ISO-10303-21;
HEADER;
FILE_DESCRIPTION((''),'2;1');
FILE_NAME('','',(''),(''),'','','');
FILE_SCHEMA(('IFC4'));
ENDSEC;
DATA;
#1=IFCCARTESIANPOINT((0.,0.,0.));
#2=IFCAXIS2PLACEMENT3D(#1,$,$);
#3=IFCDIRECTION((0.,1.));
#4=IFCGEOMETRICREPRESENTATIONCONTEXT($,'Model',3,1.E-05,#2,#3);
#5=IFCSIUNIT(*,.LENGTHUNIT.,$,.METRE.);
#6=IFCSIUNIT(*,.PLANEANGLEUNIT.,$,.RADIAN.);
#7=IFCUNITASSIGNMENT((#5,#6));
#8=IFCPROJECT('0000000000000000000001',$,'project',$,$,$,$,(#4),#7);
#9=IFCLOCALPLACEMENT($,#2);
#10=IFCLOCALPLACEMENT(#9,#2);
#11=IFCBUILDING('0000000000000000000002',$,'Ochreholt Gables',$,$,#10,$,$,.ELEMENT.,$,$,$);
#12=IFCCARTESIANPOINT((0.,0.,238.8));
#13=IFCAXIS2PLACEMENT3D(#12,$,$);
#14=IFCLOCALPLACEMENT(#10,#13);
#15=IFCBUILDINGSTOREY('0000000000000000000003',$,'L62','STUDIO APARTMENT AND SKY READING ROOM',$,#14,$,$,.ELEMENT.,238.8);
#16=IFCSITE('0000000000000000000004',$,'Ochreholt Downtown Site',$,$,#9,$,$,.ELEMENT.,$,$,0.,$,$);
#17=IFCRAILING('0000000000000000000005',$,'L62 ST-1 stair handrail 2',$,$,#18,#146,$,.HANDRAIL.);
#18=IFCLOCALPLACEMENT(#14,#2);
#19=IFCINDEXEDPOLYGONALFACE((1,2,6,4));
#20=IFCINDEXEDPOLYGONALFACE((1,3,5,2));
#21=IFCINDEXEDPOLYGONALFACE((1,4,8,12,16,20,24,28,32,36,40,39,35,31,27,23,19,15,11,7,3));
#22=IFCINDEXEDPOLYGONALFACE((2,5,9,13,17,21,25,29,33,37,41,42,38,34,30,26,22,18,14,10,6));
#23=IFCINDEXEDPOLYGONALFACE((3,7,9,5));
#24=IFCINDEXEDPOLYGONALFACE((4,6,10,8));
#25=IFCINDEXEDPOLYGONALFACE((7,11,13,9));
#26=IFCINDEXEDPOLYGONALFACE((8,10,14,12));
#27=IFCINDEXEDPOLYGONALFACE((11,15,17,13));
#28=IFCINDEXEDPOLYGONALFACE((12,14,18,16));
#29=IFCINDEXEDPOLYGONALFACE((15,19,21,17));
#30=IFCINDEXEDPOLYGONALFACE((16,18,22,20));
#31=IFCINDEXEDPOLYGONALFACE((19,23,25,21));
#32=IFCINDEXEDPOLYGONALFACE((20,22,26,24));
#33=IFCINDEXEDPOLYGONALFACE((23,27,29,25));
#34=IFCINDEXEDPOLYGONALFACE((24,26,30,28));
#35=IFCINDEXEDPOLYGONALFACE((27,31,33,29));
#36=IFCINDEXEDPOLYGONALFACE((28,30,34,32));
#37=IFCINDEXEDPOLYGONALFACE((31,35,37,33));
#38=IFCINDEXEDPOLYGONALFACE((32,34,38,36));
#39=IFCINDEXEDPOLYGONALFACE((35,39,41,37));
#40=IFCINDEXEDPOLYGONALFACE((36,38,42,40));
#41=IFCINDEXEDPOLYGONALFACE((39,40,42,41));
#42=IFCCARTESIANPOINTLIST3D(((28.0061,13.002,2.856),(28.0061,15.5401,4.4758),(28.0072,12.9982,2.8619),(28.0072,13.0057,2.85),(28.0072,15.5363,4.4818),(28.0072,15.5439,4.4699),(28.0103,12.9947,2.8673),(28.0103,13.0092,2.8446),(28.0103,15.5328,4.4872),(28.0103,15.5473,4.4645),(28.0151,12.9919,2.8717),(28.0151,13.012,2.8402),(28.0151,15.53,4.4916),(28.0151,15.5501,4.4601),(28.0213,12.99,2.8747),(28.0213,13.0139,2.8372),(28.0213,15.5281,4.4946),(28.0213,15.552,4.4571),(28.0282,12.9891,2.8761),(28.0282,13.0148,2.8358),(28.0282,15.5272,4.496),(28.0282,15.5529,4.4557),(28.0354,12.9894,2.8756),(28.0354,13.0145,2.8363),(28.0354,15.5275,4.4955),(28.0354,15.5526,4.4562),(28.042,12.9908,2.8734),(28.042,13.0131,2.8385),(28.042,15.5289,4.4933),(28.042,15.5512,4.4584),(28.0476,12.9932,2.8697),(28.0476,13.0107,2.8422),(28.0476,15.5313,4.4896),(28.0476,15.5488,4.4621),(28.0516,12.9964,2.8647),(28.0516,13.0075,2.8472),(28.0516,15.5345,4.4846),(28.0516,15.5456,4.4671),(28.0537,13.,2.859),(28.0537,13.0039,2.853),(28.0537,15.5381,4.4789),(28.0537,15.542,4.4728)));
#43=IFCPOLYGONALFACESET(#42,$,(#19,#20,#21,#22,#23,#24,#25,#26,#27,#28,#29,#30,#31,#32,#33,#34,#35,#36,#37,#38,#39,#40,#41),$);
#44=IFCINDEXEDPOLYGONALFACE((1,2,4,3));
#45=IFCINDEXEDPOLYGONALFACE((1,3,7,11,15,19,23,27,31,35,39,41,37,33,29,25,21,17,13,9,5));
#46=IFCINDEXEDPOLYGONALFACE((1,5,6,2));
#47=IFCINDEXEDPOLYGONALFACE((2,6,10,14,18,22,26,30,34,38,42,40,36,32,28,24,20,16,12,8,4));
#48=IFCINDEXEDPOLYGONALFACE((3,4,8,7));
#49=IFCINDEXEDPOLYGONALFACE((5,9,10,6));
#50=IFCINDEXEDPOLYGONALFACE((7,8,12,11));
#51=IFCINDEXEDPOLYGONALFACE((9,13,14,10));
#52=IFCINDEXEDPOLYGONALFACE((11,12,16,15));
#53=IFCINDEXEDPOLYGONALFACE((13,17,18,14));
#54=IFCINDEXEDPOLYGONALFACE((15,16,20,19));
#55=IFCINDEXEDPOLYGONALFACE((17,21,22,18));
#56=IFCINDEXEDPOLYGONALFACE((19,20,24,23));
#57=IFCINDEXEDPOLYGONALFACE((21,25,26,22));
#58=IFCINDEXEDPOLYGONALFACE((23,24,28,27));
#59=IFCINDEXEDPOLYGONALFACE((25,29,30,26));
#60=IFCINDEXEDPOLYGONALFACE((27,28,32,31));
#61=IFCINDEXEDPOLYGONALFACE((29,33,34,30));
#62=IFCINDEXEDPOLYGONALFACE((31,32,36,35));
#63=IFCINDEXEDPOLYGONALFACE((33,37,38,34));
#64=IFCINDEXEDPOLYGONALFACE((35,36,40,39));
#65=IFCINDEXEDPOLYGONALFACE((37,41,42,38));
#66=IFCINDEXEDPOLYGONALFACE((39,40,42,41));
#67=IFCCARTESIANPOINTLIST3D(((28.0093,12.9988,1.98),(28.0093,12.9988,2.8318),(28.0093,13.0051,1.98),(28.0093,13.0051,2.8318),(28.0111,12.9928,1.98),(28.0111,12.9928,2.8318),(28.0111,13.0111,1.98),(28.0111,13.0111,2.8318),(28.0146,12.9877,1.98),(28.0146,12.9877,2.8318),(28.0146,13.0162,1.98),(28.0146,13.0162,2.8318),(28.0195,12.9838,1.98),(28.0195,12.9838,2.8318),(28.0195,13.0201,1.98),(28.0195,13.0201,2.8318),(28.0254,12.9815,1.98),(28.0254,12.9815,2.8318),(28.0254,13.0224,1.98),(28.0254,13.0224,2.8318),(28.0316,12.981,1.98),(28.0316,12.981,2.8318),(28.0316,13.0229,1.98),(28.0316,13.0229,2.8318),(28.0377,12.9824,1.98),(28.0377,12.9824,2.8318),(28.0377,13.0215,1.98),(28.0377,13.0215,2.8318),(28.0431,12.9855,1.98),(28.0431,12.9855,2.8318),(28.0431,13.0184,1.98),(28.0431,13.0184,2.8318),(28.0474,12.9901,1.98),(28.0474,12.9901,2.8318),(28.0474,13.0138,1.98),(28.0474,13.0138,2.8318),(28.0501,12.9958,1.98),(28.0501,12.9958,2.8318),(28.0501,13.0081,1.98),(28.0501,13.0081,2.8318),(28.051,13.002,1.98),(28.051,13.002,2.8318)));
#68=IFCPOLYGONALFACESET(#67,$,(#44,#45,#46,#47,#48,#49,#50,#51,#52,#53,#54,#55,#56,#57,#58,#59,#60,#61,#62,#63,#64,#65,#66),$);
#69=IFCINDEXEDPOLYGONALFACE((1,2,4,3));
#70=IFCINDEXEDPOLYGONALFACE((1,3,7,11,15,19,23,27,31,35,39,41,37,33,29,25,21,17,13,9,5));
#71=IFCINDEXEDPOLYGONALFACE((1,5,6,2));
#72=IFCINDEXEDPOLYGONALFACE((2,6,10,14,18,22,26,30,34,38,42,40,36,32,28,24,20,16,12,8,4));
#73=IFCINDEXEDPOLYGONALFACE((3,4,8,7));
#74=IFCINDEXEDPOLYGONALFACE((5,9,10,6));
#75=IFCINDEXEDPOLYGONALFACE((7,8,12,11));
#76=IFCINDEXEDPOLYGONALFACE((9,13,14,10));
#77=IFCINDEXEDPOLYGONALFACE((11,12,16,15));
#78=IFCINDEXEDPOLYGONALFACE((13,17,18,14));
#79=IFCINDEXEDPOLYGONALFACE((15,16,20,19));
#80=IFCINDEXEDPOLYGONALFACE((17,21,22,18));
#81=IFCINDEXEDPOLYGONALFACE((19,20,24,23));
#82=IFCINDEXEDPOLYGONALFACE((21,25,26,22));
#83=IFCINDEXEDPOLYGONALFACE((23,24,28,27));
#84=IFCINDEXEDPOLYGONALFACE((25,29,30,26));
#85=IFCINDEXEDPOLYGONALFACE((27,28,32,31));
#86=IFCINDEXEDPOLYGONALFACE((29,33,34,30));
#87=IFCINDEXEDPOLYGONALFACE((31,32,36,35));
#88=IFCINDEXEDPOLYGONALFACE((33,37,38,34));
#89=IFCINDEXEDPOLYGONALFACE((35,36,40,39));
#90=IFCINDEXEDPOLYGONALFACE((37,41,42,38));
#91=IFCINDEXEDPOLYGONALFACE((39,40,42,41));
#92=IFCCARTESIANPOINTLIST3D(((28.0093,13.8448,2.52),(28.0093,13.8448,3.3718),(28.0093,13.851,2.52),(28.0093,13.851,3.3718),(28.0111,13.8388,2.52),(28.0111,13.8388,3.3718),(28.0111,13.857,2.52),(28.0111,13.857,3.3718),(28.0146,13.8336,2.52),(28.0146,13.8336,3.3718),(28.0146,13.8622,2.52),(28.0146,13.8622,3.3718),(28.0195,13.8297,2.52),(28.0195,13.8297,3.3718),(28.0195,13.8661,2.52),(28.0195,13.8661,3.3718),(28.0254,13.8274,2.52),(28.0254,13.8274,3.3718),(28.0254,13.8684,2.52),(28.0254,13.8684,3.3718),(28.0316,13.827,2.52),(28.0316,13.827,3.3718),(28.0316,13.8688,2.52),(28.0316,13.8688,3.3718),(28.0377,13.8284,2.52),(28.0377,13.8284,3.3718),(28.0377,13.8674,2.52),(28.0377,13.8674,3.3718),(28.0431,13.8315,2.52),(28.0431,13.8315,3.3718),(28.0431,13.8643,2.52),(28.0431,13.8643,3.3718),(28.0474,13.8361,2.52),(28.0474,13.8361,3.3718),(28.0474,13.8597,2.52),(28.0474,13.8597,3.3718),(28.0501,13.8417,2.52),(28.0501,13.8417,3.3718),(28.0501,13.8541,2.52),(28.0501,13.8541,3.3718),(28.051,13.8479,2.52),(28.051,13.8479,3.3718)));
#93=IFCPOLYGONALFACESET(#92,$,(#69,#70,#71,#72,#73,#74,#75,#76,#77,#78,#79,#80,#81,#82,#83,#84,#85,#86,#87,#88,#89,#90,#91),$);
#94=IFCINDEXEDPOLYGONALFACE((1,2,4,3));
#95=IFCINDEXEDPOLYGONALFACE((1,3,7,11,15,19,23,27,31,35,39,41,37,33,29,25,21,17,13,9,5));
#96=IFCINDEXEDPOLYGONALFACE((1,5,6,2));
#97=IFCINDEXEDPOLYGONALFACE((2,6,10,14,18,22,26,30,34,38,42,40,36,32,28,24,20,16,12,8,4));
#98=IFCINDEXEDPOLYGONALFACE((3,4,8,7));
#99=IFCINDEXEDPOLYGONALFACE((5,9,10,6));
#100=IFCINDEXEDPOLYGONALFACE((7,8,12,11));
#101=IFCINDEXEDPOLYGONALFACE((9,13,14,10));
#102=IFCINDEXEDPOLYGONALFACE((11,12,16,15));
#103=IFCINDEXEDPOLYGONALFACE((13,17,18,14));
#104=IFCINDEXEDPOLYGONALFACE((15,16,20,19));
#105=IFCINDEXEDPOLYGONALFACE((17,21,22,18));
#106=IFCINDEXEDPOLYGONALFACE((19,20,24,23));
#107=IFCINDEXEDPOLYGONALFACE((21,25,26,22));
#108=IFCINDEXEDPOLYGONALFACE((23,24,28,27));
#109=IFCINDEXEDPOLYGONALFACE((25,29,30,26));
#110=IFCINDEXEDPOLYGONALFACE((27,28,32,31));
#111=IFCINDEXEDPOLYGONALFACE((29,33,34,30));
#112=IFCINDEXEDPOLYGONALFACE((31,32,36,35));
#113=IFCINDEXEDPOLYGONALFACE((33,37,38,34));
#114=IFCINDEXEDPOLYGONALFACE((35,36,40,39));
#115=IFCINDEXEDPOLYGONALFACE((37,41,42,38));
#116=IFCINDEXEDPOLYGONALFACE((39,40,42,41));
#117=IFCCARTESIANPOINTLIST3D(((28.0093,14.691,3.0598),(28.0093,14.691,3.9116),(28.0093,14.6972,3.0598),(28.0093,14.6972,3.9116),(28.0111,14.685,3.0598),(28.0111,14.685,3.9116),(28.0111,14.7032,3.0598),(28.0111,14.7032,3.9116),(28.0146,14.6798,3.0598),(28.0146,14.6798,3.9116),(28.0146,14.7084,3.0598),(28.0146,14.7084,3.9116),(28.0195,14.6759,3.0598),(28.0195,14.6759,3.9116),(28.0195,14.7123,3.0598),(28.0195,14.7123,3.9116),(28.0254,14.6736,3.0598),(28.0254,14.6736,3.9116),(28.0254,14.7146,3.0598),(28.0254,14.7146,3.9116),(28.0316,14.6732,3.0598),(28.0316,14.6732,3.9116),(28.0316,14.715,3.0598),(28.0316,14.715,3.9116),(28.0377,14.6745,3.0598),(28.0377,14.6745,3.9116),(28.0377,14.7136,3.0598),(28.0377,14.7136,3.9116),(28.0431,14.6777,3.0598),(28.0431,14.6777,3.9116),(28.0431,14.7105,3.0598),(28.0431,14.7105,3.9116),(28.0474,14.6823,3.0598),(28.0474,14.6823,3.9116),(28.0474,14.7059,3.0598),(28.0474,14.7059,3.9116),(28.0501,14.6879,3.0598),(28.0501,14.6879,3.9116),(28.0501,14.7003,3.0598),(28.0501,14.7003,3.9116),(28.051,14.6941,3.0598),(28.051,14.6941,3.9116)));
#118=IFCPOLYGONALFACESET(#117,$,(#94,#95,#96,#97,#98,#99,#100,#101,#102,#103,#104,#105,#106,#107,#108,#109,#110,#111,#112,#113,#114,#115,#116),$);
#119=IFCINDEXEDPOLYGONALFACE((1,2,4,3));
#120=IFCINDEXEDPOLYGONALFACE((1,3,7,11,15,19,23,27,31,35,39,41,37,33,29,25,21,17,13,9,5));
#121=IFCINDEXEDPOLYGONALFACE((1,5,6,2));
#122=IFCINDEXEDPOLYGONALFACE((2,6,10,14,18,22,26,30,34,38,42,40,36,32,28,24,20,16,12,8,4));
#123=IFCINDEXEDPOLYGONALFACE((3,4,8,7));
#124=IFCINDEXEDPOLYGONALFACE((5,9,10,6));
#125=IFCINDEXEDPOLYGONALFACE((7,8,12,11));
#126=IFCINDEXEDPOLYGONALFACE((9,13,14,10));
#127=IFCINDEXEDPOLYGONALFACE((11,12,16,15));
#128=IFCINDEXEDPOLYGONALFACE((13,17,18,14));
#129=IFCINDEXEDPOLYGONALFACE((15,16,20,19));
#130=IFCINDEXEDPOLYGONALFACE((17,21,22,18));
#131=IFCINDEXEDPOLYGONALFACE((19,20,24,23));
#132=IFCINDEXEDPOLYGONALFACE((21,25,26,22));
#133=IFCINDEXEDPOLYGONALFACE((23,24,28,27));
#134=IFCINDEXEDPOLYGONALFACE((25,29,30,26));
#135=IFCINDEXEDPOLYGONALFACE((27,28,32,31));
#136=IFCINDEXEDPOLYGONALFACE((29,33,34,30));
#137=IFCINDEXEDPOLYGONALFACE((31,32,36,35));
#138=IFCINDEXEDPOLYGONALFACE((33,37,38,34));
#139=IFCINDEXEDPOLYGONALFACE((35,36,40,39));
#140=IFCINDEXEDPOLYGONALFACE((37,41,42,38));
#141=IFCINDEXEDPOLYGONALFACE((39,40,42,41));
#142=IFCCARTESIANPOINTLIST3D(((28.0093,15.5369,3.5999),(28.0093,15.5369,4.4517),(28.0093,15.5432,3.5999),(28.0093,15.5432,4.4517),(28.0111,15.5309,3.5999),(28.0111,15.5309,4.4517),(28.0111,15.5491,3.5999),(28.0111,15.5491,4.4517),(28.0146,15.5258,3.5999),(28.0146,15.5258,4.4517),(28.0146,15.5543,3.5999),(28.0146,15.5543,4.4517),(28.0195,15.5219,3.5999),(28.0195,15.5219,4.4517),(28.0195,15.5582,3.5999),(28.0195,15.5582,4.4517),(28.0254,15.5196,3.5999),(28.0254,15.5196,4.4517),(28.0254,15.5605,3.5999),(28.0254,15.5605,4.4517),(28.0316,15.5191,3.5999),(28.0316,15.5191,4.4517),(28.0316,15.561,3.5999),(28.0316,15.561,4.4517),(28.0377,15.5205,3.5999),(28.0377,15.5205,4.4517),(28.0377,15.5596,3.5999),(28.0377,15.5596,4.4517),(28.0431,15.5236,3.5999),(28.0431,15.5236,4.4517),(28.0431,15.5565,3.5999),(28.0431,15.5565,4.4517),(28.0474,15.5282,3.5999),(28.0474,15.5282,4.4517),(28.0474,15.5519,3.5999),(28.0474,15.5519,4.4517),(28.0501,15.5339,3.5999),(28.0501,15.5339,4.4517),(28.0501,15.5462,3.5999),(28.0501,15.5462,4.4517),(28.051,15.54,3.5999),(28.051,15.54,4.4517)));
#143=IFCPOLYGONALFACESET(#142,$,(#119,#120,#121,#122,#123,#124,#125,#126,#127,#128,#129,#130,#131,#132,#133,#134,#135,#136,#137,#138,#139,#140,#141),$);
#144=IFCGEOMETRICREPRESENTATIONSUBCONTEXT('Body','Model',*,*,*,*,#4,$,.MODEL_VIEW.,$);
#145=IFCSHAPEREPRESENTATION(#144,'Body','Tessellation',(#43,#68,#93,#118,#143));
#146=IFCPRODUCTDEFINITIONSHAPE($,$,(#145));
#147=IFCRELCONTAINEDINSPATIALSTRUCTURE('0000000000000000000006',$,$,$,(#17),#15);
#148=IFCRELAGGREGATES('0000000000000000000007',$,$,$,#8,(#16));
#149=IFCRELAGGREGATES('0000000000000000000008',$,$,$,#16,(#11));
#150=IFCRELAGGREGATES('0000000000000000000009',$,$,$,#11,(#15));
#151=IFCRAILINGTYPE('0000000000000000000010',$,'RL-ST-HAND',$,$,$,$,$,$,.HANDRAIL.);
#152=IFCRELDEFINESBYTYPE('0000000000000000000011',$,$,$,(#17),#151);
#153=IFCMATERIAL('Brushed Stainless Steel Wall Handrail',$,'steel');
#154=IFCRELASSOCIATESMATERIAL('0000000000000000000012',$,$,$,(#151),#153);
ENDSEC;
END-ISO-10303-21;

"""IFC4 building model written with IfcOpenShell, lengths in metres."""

from ifc_helpers import new_model, si_unit, direction, frame, origin, origin_2d, place, context, subcontext, project, spatial, circle, extrude, material, type_object, element, save


model = new_model("IFC4")

# Units and contexts
model_context = context("Model", 3, precision=1e-05, world=origin(), true_north=direction((0.0, 1.0)))
body_context = subcontext(model_context, "Body", "Model", "MODEL_VIEW")
ifc_project = project(units=[si_unit("LENGTHUNIT", "METRE"), si_unit("PLANEANGLEUNIT", "RADIAN")], contexts=[model_context])

# Site, building, storey
site_placement = place(None, origin())
site = spatial("IfcSite", under=ifc_project, at=site_placement, Name="Ochreholt Downtown Site", CompositionType="ELEMENT", RefElevation=0.0)
building_placement = place(site_placement, origin())
building = spatial("IfcBuilding", under=site, at=building_placement, Name="Ochreholt Gables", CompositionType="ELEMENT")
storey_placement = place(building_placement, frame((0.0, 0.0, 238.8)))
storey = spatial("IfcBuildingStorey", under=building, at=storey_placement, Name="L62", Description="STUDIO APARTMENT AND SKY READING ROOM", CompositionType="ELEMENT", Elevation=238.8)

# Railing
ifc_material_1 = material(Name="Brushed Stainless Steel Wall Handrail", Category="steel")
railing_type_1 = type_object("IfcRailingType", Name="RL-ST-HAND", PredefinedType="HANDRAIL", material=ifc_material_1)
railing_1_placement = place(storey_placement, frame((28.03, 13.002, 1.98)))
element("IfcRailing", 1, at=railing_1_placement, inside=storey, type_object=railing_type_1, Name="L62 ST-1 stair handrail 2", PredefinedType="HANDRAIL", context=body_context, shape_type="SweptSolid", body=[
    extrude(circle(Radius=0.0239, at=origin_2d()), frame((0.0, 0.0, 0.876), z_axis=(0.0, 0.84295, 0.537993), x_axis=(-1.0, 0.0, 0.0)), (0.0, 0.0, 1.0), 3.011),
    extrude(circle(Radius=0.021, at=origin_2d()), origin(), (0.0, 0.0, 1.0), 0.8518),
    extrude(circle(Radius=0.021, at=origin_2d()), frame((0.0, 0.8459, 0.54)), (0.0, 0.0, 1.0), 0.8518),
    extrude(circle(Radius=0.021, at=origin_2d()), frame((0.0, 1.6921, 1.0798)), (0.0, 0.0, 1.0), 0.8518),
    extrude(circle(Radius=0.021, at=origin_2d()), frame((0.0, 2.5381, 1.6199)), (0.0, 0.0, 1.0), 0.8518),
])

save(model, "model.ifc")
